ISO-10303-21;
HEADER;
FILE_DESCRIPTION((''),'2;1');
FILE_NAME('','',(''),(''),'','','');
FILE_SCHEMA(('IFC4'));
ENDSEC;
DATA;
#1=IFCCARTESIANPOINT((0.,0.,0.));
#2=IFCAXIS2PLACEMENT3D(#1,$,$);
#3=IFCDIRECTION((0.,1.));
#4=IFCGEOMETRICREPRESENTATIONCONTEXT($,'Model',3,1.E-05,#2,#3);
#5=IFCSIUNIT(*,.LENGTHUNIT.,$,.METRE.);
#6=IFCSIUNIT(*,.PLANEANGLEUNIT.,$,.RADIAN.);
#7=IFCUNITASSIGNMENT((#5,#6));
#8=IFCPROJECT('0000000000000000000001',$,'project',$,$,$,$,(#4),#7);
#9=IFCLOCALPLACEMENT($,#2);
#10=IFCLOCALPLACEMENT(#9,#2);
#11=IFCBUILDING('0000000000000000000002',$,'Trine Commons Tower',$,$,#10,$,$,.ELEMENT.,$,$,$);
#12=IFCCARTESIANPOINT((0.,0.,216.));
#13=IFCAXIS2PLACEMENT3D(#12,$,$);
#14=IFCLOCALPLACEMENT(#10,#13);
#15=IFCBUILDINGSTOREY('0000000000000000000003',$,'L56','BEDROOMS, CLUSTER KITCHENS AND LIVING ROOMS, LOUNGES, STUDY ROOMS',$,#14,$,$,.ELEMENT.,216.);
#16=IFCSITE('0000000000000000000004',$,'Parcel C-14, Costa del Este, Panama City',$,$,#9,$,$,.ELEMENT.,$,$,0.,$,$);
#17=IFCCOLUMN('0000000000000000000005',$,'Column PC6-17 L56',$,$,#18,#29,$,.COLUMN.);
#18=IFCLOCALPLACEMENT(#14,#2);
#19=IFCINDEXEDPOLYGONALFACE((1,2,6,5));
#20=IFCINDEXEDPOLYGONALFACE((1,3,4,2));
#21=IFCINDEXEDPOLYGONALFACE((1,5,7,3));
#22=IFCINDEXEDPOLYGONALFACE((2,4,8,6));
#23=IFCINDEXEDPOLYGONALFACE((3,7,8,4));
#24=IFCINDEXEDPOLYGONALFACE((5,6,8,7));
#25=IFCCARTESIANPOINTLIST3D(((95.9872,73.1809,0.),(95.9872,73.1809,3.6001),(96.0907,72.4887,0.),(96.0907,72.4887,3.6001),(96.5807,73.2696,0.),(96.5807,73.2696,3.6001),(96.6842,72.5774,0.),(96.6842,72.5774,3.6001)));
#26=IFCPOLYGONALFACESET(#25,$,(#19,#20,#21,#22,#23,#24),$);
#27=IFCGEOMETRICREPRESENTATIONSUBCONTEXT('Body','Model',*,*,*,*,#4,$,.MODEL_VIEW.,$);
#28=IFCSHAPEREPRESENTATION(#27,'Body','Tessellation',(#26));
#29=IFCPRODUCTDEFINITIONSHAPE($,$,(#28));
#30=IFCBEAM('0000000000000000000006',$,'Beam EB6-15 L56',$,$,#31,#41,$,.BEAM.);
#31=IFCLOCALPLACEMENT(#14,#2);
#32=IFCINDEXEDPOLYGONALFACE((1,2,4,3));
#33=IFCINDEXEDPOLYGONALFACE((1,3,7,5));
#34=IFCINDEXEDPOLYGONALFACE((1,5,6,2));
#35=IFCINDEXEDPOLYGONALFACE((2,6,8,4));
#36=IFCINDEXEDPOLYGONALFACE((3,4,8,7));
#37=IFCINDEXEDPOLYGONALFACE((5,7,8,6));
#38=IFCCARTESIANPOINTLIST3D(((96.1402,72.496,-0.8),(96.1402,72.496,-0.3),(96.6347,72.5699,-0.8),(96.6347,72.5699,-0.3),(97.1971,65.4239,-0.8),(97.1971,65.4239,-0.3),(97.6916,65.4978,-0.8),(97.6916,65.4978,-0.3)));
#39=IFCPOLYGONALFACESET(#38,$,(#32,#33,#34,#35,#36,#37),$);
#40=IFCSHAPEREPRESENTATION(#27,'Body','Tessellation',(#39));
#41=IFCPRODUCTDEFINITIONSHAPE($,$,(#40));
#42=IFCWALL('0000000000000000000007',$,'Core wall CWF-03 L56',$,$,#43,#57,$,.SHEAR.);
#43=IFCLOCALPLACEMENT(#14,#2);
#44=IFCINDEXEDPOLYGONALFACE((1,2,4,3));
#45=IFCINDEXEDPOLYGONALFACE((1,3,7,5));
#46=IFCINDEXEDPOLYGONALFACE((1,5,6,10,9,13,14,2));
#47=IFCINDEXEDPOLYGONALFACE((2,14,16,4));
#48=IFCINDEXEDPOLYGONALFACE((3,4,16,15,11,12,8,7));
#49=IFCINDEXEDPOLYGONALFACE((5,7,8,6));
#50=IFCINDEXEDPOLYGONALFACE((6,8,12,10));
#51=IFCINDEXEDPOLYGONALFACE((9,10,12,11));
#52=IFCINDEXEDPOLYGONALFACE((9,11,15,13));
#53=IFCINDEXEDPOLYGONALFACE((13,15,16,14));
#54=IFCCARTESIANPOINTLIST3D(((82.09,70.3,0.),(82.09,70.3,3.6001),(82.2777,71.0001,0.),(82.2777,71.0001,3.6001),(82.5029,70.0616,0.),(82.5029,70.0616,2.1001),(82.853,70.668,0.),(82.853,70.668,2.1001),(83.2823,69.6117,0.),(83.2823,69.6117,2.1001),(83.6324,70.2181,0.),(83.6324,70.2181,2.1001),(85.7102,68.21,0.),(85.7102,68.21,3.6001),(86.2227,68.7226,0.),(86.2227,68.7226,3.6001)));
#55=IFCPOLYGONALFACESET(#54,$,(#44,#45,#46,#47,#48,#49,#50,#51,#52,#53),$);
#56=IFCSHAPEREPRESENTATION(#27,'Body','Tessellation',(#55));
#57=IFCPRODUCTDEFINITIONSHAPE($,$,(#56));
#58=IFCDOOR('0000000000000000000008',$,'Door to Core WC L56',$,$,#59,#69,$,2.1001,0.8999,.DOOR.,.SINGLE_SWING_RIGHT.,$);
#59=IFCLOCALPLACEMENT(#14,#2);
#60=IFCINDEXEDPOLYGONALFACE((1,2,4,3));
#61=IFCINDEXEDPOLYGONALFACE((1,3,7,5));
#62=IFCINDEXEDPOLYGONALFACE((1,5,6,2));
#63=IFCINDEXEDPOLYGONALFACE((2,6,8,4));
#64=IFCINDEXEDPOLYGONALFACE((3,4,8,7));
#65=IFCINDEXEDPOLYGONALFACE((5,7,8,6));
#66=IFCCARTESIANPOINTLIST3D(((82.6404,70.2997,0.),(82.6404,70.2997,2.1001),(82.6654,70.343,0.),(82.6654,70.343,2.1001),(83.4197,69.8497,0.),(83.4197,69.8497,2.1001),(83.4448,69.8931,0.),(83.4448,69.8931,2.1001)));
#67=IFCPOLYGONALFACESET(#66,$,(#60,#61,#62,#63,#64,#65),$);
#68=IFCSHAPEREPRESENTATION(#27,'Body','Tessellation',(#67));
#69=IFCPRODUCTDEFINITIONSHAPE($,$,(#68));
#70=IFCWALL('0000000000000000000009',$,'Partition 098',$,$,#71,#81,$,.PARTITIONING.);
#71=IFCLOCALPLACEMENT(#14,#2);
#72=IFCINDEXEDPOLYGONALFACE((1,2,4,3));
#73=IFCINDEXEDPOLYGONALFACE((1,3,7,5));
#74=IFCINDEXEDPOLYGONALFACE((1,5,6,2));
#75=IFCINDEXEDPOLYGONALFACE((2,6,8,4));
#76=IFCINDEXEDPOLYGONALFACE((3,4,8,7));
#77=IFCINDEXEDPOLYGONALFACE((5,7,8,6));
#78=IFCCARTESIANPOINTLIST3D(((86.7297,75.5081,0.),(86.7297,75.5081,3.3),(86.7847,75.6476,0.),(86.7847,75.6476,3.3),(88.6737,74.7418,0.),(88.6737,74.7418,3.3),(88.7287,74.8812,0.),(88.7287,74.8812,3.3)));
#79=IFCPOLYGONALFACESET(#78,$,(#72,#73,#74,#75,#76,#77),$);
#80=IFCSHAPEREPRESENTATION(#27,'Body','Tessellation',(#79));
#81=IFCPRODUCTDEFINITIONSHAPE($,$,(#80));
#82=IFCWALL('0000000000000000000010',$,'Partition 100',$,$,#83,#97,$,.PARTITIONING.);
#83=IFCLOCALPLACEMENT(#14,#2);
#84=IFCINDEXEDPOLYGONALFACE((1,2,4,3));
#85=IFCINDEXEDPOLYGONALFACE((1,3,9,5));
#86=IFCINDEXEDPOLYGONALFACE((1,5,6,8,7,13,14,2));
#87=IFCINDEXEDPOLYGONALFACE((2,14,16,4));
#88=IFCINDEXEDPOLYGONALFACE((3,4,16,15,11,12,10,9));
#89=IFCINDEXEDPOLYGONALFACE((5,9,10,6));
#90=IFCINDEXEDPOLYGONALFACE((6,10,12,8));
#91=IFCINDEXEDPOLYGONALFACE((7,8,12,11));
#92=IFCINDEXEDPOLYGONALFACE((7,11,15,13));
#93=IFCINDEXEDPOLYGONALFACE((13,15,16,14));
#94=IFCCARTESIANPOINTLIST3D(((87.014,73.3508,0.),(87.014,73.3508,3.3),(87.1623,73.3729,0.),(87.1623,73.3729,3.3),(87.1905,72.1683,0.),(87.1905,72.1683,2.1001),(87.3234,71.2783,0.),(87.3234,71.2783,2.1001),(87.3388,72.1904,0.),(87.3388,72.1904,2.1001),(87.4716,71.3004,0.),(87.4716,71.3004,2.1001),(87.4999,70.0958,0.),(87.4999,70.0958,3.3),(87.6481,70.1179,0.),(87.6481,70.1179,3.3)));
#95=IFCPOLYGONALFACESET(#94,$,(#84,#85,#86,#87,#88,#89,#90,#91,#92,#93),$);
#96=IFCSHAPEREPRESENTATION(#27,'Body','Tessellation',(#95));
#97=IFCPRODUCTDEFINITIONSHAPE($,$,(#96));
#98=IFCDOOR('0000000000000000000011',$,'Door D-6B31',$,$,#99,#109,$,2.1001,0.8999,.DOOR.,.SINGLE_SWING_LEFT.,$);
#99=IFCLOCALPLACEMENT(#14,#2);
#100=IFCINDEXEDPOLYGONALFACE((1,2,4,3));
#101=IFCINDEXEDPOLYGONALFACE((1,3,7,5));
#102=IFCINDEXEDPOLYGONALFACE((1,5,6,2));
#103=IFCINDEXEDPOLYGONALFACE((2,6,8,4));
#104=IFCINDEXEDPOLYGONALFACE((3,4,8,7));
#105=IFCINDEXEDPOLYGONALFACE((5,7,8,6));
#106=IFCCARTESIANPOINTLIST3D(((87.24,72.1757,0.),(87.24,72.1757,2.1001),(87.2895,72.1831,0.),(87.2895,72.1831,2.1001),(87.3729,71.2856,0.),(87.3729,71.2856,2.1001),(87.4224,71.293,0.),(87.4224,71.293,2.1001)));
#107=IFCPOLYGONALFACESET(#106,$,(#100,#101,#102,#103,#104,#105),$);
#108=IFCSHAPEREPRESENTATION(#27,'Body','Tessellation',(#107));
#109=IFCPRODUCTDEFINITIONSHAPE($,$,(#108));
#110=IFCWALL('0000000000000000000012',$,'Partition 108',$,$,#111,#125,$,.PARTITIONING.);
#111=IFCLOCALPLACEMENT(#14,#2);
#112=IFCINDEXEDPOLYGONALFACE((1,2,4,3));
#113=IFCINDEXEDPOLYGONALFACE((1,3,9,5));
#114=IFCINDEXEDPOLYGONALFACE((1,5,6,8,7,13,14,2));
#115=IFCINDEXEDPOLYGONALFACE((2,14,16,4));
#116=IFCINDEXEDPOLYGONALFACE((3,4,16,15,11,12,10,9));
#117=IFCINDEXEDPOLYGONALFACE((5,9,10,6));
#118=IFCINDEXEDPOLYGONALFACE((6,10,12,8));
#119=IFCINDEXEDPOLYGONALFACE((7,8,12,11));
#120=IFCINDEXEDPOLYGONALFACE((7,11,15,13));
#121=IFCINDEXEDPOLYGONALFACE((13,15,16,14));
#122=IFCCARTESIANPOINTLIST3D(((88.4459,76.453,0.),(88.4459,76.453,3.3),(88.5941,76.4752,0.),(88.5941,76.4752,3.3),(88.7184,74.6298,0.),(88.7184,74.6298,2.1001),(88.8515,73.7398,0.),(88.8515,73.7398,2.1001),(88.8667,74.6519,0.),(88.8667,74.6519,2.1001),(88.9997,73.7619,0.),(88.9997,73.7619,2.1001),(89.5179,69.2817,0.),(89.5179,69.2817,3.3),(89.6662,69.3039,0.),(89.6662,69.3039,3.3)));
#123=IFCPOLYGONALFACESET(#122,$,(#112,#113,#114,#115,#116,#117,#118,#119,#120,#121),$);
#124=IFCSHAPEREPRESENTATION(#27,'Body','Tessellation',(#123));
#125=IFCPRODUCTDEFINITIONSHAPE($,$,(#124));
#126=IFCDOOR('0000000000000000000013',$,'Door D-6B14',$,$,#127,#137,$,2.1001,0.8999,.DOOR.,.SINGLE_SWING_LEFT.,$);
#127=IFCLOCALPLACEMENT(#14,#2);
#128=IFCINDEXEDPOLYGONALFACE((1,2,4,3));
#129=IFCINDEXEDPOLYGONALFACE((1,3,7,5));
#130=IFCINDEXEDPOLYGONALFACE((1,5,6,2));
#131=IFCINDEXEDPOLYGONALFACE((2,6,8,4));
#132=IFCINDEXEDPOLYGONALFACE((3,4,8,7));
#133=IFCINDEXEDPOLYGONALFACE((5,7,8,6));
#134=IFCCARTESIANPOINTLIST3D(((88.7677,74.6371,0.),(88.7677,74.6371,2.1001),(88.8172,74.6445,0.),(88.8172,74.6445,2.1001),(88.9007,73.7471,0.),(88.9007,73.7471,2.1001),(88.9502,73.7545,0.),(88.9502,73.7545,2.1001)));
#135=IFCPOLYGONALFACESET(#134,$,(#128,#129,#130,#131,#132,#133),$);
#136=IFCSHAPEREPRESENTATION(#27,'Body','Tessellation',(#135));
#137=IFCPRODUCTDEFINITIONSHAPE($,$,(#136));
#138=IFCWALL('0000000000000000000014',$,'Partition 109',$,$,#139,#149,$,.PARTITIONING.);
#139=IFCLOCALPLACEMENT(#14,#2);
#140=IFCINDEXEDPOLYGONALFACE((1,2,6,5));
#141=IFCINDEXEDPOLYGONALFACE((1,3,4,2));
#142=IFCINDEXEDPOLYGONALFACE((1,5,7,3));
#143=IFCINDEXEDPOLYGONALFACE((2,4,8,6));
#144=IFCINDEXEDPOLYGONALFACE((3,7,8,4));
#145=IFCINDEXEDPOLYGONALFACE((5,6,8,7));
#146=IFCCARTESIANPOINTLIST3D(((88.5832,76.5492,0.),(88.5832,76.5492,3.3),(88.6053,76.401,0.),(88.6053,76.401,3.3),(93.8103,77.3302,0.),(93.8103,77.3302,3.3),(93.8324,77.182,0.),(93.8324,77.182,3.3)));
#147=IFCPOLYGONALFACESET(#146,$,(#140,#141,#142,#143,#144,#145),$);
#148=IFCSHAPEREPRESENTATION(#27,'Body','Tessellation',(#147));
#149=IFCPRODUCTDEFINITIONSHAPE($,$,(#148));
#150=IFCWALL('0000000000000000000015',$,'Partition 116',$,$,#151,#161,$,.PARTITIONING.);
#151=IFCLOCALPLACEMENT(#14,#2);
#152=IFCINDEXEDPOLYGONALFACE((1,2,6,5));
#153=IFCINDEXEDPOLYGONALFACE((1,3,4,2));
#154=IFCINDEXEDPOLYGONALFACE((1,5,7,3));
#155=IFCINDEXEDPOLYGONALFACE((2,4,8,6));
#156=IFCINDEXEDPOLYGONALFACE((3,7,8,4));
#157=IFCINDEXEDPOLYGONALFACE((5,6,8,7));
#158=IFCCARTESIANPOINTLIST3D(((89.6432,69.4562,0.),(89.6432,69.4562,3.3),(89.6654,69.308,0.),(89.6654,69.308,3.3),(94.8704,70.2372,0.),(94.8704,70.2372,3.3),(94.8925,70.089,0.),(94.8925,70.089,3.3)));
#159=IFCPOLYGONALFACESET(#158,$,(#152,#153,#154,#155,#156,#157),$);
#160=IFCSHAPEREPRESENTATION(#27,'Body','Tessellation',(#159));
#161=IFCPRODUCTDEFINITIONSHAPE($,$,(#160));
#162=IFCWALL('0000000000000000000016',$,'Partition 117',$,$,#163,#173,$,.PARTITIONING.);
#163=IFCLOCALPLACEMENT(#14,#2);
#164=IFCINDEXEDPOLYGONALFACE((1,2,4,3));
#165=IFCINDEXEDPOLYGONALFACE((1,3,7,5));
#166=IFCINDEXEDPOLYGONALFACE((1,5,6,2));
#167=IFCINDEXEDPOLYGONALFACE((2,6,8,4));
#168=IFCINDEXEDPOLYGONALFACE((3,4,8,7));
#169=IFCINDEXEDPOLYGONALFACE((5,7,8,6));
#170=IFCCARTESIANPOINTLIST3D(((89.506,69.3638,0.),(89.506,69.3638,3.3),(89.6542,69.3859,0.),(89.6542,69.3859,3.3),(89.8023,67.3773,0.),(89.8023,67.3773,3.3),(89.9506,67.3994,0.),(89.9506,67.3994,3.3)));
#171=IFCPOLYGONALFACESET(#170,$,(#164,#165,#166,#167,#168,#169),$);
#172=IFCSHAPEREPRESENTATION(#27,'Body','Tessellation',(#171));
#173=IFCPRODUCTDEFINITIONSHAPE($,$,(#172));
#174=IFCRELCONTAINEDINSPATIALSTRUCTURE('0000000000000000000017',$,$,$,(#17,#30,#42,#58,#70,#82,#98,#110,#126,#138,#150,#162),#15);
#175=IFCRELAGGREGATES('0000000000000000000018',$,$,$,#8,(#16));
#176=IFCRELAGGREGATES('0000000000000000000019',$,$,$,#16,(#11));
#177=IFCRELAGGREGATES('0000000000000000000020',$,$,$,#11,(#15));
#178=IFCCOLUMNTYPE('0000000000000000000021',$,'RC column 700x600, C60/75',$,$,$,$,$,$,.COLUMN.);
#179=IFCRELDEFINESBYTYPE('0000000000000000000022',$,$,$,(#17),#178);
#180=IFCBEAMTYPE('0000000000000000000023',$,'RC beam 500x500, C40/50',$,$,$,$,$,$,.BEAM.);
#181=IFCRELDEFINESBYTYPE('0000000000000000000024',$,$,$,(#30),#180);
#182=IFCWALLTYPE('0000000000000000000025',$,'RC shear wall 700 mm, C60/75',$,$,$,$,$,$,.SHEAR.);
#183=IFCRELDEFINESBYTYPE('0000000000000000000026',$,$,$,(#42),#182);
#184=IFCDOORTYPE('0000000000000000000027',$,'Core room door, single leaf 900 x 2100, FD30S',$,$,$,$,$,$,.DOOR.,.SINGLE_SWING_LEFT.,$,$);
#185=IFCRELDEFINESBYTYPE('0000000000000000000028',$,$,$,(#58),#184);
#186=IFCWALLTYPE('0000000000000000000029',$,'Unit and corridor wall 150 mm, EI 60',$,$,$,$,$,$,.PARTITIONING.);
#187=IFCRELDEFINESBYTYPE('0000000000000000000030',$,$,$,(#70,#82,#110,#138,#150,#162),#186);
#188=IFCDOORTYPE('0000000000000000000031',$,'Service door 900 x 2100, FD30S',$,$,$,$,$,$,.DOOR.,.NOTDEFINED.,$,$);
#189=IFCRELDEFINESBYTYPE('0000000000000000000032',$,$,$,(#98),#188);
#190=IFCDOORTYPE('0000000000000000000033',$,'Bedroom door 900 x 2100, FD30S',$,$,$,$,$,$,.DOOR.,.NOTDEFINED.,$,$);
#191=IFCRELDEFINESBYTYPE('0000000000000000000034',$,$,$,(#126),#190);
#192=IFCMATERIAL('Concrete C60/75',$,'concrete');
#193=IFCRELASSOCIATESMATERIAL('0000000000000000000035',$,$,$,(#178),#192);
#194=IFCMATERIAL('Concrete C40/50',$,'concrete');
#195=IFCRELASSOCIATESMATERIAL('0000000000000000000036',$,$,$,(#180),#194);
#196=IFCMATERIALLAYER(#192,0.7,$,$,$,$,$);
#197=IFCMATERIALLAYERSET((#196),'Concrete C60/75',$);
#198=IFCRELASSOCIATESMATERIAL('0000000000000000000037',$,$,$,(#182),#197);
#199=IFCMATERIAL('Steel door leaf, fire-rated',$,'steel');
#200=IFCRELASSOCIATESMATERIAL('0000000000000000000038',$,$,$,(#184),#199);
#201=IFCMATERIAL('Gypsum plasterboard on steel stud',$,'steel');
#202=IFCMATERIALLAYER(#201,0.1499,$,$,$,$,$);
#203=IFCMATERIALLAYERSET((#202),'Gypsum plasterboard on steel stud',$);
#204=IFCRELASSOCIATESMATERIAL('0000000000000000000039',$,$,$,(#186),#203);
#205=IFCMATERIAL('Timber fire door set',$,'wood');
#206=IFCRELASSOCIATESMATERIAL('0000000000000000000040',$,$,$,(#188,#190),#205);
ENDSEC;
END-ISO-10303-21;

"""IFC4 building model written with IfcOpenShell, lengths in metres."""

from ifc_helpers import new_model, si_unit, direction, frame, frame_2d, origin, origin_2d, place, context, subcontext, project, spatial, polyline, rectangle, outline, extrude, material, layer, layer_set, material_profile, profile_set, type_object, element, fill, save


model = new_model("IFC4")

# Units and contexts
model_context = context("Model", 3, precision=1e-05, world=origin(), true_north=direction((0.0, 1.0)))
body_context = subcontext(model_context, "Body", "Model", "MODEL_VIEW")
ifc_project = project(units=[si_unit("LENGTHUNIT", "METRE"), si_unit("PLANEANGLEUNIT", "RADIAN")], contexts=[model_context])

# Site, building, storey
site_placement = place(None, origin())
site = spatial("IfcSite", under=ifc_project, at=site_placement, Name="Parcel C-14, Costa del Este, Panama City", CompositionType="ELEMENT", RefElevation=0.0)
building_placement = place(site_placement, origin())
building = spatial("IfcBuilding", under=site, at=building_placement, Name="Trine Commons Tower", CompositionType="ELEMENT")
storey_placement = place(building_placement, frame((0.0, 0.0, 216.0)))
storey = spatial("IfcBuildingStorey", under=building, at=storey_placement, Name="L56", Description="BEDROOMS, CLUSTER KITCHENS AND LIVING ROOMS, LOUNGES, STUDY ROOMS", CompositionType="ELEMENT", Elevation=216.0)

# Column
ifc_material_1 = material(Name="Concrete C60/75", Category="concrete")
ifc_material_profile_1 = material_profile(ifc_material_1, rectangle(XDim=0.7, YDim=0.6001, at=origin_2d()), Name="RC 700x600")
ifc_profile_set_1 = profile_set([ifc_material_profile_1], Name="Concrete C60/75")
column_type = type_object("IfcColumnType", Name="RC column 700x600, C60/75", PredefinedType="COLUMN", material=ifc_profile_set_1)
column_placement = place(storey_placement, frame((96.3357, 72.8792, 0.0), z_axis=(0.0, 0.0, 1.0), x_axis=(-0.147809, 0.989016, 0.0)))
element("IfcColumn", 1, at=column_placement, inside=storey, type_object=column_type, Name="Column PC6-17 L56", PredefinedType="COLUMN", context=body_context, shape_type="SweptSolid", body=[
    extrude(rectangle(XDim=0.7, YDim=0.6001, at=origin_2d()), origin(), (0.0, 0.0, 1.0), 3.6001),
])

# Beam
ifc_material_2 = material(Name="Concrete C40/50", Category="concrete")
ifc_material_profile_2 = material_profile(ifc_material_2, rectangle(XDim=0.5, YDim=0.5, at=origin_2d()), Name="RC 500x500")
ifc_profile_set_2 = profile_set([ifc_material_profile_2], Name="Concrete C40/50")
beam_type = type_object("IfcBeamType", Name="RC beam 500x500, C40/50", PredefinedType="BEAM", material=ifc_profile_set_2)
beam_placement = place(storey_placement, frame((96.3875, 72.533, -0.55), z_axis=(0.147804, -0.989017, 0.0), x_axis=(0.989017, 0.147804, 0.0)))
element("IfcBeam", 2, at=beam_placement, inside=storey, type_object=beam_type, Name="Beam EB6-15 L56", PredefinedType="BEAM", context=body_context, shape_type="SweptSolid", body=[
    extrude(rectangle(XDim=0.5, YDim=0.5, at=origin_2d()), origin(), (0.0, 0.0, 1.0), 7.1506),
])

# Wall, opening, door
ifc_layer_1 = layer(ifc_material_1, 0.7)
ifc_layer_set_1 = layer_set([ifc_layer_1], Name="Concrete C60/75")
wall_type_1 = type_object("IfcWallType", Name="RC shear wall 700 mm, C60/75", PredefinedType="SHEAR", material=ifc_layer_set_1)
wall_1_placement = place(storey_placement, frame((86.0476, 68.4194, 0.0), z_axis=(0.0, 0.0, 1.0), x_axis=(-0.866035, 0.499984, 0.0)))
wall_1 = element("IfcWall", 3, at=wall_1_placement, inside=storey, type_object=wall_type_1, Name="Core wall CWF-03 L56", PredefinedType="SHEAR", context=body_context, shape_type="SweptSolid", body=[
    extrude(outline(polyline([(0.0, -0.3501), (4.5552, -0.3501), (4.3677, 0.3501), (0.1875, 0.3501), (0.0, -0.3501)])), origin(), (0.0, 0.0, 1.0), 3.6001),
])
opening_1_placement = place(wall_1_placement, frame((2.991, 0.0, 0.0)))
opening_1 = element("IfcOpeningElement", 4, at=opening_1_placement, cuts=wall_1, PredefinedType="OPENING", context=body_context, shape_type="SweptSolid", body=[
    extrude(rectangle(XDim=0.8999, YDim=2.1001, at=frame_2d((0.45, 1.05))), frame((0.0, 0.3599, 0.0), z_axis=(0.0, -1.0, 0.0), x_axis=(1.0, 0.0, 0.0)), (0.0, 0.0, 1.0), 0.72),
])
ifc_material_3 = material(Name="Steel door leaf, fire-rated", Category="steel")
door_type_1 = type_object("IfcDoorType", Name="Core room door, single leaf 900 x 2100, FD30S", OperationType="SINGLE_SWING_LEFT", PredefinedType="DOOR", material=ifc_material_3)
door_1_placement = place(opening_1_placement, origin())
door_1 = element("IfcDoor", 5, at=door_1_placement, inside=storey, type_object=door_type_1, Name="Door to Core WC L56", OperationType="SINGLE_SWING_RIGHT", OverallHeight=2.1001, OverallWidth=0.8999, PredefinedType="DOOR", context=body_context, shape_type="SweptSolid", body=[
    extrude(rectangle(XDim=0.8999, YDim=2.1001, at=frame_2d((0.45, 1.05))), frame((0.0, 0.0752, 0.0), z_axis=(0.0, -1.0, 0.0), x_axis=(1.0, 0.0, 0.0)), (0.0, 0.0, 1.0), 0.05),
])
fill(opening_1, door_1)

# Wall
ifc_material_4 = material(Name="Gypsum plasterboard on steel stud", Category="steel")
ifc_layer_2 = layer(ifc_material_4, 0.1499)
ifc_layer_set_2 = layer_set([ifc_layer_2], Name="Gypsum plasterboard on steel stud")
wall_type_2 = type_object("IfcWallType", Name="Unit and corridor wall 150 mm, EI 60", PredefinedType="PARTITIONING", material=ifc_layer_set_2)
wall_2_placement = place(storey_placement, frame((86.7571, 75.5779, 0.0), z_axis=(0.0, 0.0, 1.0), x_axis=(0.930326, -0.366733, 0.0)))
element("IfcWall", 6, at=wall_2_placement, inside=storey, type_object=wall_type_2, Name="Partition 098", PredefinedType="PARTITIONING", context=body_context, shape_type="SweptSolid", body=[
    extrude(rectangle(XDim=2.0896, YDim=0.1499, at=frame_2d((1.0449, 0.0))), origin(), (0.0, 0.0, 1.0), 3.3),
])

# Walls, openings, doors
wall_3_placement = place(storey_placement, frame((87.0881, 73.3618, 0.0), z_axis=(0.0, 0.0, 1.0), x_axis=(0.147629, -0.989043, 0.0)))
wall_3 = element("IfcWall", 7, at=wall_3_placement, inside=storey, type_object=wall_type_2, Name="Partition 100", PredefinedType="PARTITIONING", context=body_context, shape_type="SweptSolid", body=[
    extrude(rectangle(XDim=3.291, YDim=0.1499, at=frame_2d((1.6455, 0.0))), origin(), (0.0, 0.0, 1.0), 3.3),
])
opening_2_placement = place(wall_3_placement, frame((1.1956, 0.0, 0.0)))
opening_2 = element("IfcOpeningElement", 8, at=opening_2_placement, cuts=wall_3, PredefinedType="OPENING", context=body_context, shape_type="SweptSolid", body=[
    extrude(rectangle(XDim=0.8999, YDim=2.1001, at=frame_2d((0.45, 1.05))), frame((0.0, 0.085, 0.0), z_axis=(0.0, -1.0, 0.0), x_axis=(1.0, 0.0, 0.0)), (0.0, 0.0, 1.0), 0.1699),
])
ifc_material_5 = material(Name="Timber fire door set", Category="wood")
door_type_2 = type_object("IfcDoorType", Name="Service door 900 x 2100, FD30S", OperationType="NOTDEFINED", PredefinedType="DOOR", material=ifc_material_5)
door_2_placement = place(opening_2_placement, frame((0.8999, 0.0, 0.0), z_axis=(0.0, 0.0, 1.0), x_axis=(-1.0, 0.0, 0.0)))
door_2 = element("IfcDoor", 9, at=door_2_placement, inside=storey, type_object=door_type_2, Name="Door D-6B31", OperationType="SINGLE_SWING_LEFT", OverallHeight=2.1001, OverallWidth=0.8999, PredefinedType="DOOR", context=body_context, shape_type="SweptSolid", body=[
    extrude(rectangle(XDim=0.8999, YDim=2.1001, at=frame_2d((0.45, 1.05))), frame((0.0, 0.0249, 0.0), z_axis=(0.0, -1.0, 0.0), x_axis=(1.0, 0.0, 0.0)), (0.0, 0.0, 1.0), 0.05),
])
fill(opening_2, door_2)
wall_4_placement = place(storey_placement, frame((88.52, 76.4641, 0.0), z_axis=(0.0, 0.0, 1.0), x_axis=(0.147843, -0.989011, 0.0)))
wall_4 = element("IfcWall", 10, at=wall_4_placement, inside=storey, type_object=wall_type_2, Name="Partition 108", PredefinedType="PARTITIONING", context=body_context, shape_type="SweptSolid", body=[
    extrude(rectangle(XDim=7.251, YDim=0.1499, at=frame_2d((3.6255, 0.0))), origin(), (0.0, 0.0, 1.0), 3.3),
])
opening_3_placement = place(wall_4_placement, frame((1.8435, 0.0, 0.0)))
opening_3 = element("IfcOpeningElement", 11, at=opening_3_placement, cuts=wall_4, PredefinedType="OPENING", context=body_context, shape_type="SweptSolid", body=[
    extrude(rectangle(XDim=0.8999, YDim=2.1001, at=frame_2d((0.45, 1.05))), frame((0.0, 0.085, 0.0), z_axis=(0.0, -1.0, 0.0), x_axis=(1.0, 0.0, 0.0)), (0.0, 0.0, 1.0), 0.1699),
])
door_type_3 = type_object("IfcDoorType", Name="Bedroom door 900 x 2100, FD30S", OperationType="NOTDEFINED", PredefinedType="DOOR", material=ifc_material_5)
door_3_placement = place(opening_3_placement, origin())
door_3 = element("IfcDoor", 12, at=door_3_placement, inside=storey, type_object=door_type_3, Name="Door D-6B14", OperationType="SINGLE_SWING_LEFT", OverallHeight=2.1001, OverallWidth=0.8999, PredefinedType="DOOR", context=body_context, shape_type="SweptSolid", body=[
    extrude(rectangle(XDim=0.8999, YDim=2.1001, at=frame_2d((0.45, 1.05))), frame((0.0, 0.0249, 0.0), z_axis=(0.0, -1.0, 0.0), x_axis=(1.0, 0.0, 0.0)), (0.0, 0.0, 1.0), 0.05),
])
fill(opening_3, door_3)

# Walls
for number, where, z_axis, x_axis, name in (
    (13, (88.5942, 76.4751, 0.0), (0.0, 0.0, 1.0), (0.989021, 0.147776, 0.0), "Partition 109"),
    (14, (89.6543, 69.3821, 0.0), (0.0, 0.0, 1.0), (0.989021, 0.147776, 0.0), "Partition 116"),
):
    element("IfcWall", number, at=place(storey_placement, frame(where, z_axis=z_axis, x_axis=x_axis)), inside=storey, type_object=wall_type_2, Name=name, PredefinedType="PARTITIONING", context=body_context, shape_type="SweptSolid", body=[
        extrude(rectangle(XDim=5.2852, YDim=0.1499, at=frame_2d((2.6426, 0.0))), origin(), (0.0, 0.0, 1.0), 3.3),
    ])
wall_5_placement = place(storey_placement, frame((89.5801, 69.375, 0.0), z_axis=(0.0, 0.0, 1.0), x_axis=(0.147562, -0.989053, 0.0)))
element("IfcWall", 15, at=wall_5_placement, inside=storey, type_object=wall_type_2, Name="Partition 117", PredefinedType="PARTITIONING", context=body_context, shape_type="SweptSolid", body=[
    extrude(rectangle(XDim=2.0085, YDim=0.1499, at=frame_2d((1.0044, 0.0))), origin(), (0.0, 0.0, 1.0), 3.3),
])

save(model, "model.ifc")
